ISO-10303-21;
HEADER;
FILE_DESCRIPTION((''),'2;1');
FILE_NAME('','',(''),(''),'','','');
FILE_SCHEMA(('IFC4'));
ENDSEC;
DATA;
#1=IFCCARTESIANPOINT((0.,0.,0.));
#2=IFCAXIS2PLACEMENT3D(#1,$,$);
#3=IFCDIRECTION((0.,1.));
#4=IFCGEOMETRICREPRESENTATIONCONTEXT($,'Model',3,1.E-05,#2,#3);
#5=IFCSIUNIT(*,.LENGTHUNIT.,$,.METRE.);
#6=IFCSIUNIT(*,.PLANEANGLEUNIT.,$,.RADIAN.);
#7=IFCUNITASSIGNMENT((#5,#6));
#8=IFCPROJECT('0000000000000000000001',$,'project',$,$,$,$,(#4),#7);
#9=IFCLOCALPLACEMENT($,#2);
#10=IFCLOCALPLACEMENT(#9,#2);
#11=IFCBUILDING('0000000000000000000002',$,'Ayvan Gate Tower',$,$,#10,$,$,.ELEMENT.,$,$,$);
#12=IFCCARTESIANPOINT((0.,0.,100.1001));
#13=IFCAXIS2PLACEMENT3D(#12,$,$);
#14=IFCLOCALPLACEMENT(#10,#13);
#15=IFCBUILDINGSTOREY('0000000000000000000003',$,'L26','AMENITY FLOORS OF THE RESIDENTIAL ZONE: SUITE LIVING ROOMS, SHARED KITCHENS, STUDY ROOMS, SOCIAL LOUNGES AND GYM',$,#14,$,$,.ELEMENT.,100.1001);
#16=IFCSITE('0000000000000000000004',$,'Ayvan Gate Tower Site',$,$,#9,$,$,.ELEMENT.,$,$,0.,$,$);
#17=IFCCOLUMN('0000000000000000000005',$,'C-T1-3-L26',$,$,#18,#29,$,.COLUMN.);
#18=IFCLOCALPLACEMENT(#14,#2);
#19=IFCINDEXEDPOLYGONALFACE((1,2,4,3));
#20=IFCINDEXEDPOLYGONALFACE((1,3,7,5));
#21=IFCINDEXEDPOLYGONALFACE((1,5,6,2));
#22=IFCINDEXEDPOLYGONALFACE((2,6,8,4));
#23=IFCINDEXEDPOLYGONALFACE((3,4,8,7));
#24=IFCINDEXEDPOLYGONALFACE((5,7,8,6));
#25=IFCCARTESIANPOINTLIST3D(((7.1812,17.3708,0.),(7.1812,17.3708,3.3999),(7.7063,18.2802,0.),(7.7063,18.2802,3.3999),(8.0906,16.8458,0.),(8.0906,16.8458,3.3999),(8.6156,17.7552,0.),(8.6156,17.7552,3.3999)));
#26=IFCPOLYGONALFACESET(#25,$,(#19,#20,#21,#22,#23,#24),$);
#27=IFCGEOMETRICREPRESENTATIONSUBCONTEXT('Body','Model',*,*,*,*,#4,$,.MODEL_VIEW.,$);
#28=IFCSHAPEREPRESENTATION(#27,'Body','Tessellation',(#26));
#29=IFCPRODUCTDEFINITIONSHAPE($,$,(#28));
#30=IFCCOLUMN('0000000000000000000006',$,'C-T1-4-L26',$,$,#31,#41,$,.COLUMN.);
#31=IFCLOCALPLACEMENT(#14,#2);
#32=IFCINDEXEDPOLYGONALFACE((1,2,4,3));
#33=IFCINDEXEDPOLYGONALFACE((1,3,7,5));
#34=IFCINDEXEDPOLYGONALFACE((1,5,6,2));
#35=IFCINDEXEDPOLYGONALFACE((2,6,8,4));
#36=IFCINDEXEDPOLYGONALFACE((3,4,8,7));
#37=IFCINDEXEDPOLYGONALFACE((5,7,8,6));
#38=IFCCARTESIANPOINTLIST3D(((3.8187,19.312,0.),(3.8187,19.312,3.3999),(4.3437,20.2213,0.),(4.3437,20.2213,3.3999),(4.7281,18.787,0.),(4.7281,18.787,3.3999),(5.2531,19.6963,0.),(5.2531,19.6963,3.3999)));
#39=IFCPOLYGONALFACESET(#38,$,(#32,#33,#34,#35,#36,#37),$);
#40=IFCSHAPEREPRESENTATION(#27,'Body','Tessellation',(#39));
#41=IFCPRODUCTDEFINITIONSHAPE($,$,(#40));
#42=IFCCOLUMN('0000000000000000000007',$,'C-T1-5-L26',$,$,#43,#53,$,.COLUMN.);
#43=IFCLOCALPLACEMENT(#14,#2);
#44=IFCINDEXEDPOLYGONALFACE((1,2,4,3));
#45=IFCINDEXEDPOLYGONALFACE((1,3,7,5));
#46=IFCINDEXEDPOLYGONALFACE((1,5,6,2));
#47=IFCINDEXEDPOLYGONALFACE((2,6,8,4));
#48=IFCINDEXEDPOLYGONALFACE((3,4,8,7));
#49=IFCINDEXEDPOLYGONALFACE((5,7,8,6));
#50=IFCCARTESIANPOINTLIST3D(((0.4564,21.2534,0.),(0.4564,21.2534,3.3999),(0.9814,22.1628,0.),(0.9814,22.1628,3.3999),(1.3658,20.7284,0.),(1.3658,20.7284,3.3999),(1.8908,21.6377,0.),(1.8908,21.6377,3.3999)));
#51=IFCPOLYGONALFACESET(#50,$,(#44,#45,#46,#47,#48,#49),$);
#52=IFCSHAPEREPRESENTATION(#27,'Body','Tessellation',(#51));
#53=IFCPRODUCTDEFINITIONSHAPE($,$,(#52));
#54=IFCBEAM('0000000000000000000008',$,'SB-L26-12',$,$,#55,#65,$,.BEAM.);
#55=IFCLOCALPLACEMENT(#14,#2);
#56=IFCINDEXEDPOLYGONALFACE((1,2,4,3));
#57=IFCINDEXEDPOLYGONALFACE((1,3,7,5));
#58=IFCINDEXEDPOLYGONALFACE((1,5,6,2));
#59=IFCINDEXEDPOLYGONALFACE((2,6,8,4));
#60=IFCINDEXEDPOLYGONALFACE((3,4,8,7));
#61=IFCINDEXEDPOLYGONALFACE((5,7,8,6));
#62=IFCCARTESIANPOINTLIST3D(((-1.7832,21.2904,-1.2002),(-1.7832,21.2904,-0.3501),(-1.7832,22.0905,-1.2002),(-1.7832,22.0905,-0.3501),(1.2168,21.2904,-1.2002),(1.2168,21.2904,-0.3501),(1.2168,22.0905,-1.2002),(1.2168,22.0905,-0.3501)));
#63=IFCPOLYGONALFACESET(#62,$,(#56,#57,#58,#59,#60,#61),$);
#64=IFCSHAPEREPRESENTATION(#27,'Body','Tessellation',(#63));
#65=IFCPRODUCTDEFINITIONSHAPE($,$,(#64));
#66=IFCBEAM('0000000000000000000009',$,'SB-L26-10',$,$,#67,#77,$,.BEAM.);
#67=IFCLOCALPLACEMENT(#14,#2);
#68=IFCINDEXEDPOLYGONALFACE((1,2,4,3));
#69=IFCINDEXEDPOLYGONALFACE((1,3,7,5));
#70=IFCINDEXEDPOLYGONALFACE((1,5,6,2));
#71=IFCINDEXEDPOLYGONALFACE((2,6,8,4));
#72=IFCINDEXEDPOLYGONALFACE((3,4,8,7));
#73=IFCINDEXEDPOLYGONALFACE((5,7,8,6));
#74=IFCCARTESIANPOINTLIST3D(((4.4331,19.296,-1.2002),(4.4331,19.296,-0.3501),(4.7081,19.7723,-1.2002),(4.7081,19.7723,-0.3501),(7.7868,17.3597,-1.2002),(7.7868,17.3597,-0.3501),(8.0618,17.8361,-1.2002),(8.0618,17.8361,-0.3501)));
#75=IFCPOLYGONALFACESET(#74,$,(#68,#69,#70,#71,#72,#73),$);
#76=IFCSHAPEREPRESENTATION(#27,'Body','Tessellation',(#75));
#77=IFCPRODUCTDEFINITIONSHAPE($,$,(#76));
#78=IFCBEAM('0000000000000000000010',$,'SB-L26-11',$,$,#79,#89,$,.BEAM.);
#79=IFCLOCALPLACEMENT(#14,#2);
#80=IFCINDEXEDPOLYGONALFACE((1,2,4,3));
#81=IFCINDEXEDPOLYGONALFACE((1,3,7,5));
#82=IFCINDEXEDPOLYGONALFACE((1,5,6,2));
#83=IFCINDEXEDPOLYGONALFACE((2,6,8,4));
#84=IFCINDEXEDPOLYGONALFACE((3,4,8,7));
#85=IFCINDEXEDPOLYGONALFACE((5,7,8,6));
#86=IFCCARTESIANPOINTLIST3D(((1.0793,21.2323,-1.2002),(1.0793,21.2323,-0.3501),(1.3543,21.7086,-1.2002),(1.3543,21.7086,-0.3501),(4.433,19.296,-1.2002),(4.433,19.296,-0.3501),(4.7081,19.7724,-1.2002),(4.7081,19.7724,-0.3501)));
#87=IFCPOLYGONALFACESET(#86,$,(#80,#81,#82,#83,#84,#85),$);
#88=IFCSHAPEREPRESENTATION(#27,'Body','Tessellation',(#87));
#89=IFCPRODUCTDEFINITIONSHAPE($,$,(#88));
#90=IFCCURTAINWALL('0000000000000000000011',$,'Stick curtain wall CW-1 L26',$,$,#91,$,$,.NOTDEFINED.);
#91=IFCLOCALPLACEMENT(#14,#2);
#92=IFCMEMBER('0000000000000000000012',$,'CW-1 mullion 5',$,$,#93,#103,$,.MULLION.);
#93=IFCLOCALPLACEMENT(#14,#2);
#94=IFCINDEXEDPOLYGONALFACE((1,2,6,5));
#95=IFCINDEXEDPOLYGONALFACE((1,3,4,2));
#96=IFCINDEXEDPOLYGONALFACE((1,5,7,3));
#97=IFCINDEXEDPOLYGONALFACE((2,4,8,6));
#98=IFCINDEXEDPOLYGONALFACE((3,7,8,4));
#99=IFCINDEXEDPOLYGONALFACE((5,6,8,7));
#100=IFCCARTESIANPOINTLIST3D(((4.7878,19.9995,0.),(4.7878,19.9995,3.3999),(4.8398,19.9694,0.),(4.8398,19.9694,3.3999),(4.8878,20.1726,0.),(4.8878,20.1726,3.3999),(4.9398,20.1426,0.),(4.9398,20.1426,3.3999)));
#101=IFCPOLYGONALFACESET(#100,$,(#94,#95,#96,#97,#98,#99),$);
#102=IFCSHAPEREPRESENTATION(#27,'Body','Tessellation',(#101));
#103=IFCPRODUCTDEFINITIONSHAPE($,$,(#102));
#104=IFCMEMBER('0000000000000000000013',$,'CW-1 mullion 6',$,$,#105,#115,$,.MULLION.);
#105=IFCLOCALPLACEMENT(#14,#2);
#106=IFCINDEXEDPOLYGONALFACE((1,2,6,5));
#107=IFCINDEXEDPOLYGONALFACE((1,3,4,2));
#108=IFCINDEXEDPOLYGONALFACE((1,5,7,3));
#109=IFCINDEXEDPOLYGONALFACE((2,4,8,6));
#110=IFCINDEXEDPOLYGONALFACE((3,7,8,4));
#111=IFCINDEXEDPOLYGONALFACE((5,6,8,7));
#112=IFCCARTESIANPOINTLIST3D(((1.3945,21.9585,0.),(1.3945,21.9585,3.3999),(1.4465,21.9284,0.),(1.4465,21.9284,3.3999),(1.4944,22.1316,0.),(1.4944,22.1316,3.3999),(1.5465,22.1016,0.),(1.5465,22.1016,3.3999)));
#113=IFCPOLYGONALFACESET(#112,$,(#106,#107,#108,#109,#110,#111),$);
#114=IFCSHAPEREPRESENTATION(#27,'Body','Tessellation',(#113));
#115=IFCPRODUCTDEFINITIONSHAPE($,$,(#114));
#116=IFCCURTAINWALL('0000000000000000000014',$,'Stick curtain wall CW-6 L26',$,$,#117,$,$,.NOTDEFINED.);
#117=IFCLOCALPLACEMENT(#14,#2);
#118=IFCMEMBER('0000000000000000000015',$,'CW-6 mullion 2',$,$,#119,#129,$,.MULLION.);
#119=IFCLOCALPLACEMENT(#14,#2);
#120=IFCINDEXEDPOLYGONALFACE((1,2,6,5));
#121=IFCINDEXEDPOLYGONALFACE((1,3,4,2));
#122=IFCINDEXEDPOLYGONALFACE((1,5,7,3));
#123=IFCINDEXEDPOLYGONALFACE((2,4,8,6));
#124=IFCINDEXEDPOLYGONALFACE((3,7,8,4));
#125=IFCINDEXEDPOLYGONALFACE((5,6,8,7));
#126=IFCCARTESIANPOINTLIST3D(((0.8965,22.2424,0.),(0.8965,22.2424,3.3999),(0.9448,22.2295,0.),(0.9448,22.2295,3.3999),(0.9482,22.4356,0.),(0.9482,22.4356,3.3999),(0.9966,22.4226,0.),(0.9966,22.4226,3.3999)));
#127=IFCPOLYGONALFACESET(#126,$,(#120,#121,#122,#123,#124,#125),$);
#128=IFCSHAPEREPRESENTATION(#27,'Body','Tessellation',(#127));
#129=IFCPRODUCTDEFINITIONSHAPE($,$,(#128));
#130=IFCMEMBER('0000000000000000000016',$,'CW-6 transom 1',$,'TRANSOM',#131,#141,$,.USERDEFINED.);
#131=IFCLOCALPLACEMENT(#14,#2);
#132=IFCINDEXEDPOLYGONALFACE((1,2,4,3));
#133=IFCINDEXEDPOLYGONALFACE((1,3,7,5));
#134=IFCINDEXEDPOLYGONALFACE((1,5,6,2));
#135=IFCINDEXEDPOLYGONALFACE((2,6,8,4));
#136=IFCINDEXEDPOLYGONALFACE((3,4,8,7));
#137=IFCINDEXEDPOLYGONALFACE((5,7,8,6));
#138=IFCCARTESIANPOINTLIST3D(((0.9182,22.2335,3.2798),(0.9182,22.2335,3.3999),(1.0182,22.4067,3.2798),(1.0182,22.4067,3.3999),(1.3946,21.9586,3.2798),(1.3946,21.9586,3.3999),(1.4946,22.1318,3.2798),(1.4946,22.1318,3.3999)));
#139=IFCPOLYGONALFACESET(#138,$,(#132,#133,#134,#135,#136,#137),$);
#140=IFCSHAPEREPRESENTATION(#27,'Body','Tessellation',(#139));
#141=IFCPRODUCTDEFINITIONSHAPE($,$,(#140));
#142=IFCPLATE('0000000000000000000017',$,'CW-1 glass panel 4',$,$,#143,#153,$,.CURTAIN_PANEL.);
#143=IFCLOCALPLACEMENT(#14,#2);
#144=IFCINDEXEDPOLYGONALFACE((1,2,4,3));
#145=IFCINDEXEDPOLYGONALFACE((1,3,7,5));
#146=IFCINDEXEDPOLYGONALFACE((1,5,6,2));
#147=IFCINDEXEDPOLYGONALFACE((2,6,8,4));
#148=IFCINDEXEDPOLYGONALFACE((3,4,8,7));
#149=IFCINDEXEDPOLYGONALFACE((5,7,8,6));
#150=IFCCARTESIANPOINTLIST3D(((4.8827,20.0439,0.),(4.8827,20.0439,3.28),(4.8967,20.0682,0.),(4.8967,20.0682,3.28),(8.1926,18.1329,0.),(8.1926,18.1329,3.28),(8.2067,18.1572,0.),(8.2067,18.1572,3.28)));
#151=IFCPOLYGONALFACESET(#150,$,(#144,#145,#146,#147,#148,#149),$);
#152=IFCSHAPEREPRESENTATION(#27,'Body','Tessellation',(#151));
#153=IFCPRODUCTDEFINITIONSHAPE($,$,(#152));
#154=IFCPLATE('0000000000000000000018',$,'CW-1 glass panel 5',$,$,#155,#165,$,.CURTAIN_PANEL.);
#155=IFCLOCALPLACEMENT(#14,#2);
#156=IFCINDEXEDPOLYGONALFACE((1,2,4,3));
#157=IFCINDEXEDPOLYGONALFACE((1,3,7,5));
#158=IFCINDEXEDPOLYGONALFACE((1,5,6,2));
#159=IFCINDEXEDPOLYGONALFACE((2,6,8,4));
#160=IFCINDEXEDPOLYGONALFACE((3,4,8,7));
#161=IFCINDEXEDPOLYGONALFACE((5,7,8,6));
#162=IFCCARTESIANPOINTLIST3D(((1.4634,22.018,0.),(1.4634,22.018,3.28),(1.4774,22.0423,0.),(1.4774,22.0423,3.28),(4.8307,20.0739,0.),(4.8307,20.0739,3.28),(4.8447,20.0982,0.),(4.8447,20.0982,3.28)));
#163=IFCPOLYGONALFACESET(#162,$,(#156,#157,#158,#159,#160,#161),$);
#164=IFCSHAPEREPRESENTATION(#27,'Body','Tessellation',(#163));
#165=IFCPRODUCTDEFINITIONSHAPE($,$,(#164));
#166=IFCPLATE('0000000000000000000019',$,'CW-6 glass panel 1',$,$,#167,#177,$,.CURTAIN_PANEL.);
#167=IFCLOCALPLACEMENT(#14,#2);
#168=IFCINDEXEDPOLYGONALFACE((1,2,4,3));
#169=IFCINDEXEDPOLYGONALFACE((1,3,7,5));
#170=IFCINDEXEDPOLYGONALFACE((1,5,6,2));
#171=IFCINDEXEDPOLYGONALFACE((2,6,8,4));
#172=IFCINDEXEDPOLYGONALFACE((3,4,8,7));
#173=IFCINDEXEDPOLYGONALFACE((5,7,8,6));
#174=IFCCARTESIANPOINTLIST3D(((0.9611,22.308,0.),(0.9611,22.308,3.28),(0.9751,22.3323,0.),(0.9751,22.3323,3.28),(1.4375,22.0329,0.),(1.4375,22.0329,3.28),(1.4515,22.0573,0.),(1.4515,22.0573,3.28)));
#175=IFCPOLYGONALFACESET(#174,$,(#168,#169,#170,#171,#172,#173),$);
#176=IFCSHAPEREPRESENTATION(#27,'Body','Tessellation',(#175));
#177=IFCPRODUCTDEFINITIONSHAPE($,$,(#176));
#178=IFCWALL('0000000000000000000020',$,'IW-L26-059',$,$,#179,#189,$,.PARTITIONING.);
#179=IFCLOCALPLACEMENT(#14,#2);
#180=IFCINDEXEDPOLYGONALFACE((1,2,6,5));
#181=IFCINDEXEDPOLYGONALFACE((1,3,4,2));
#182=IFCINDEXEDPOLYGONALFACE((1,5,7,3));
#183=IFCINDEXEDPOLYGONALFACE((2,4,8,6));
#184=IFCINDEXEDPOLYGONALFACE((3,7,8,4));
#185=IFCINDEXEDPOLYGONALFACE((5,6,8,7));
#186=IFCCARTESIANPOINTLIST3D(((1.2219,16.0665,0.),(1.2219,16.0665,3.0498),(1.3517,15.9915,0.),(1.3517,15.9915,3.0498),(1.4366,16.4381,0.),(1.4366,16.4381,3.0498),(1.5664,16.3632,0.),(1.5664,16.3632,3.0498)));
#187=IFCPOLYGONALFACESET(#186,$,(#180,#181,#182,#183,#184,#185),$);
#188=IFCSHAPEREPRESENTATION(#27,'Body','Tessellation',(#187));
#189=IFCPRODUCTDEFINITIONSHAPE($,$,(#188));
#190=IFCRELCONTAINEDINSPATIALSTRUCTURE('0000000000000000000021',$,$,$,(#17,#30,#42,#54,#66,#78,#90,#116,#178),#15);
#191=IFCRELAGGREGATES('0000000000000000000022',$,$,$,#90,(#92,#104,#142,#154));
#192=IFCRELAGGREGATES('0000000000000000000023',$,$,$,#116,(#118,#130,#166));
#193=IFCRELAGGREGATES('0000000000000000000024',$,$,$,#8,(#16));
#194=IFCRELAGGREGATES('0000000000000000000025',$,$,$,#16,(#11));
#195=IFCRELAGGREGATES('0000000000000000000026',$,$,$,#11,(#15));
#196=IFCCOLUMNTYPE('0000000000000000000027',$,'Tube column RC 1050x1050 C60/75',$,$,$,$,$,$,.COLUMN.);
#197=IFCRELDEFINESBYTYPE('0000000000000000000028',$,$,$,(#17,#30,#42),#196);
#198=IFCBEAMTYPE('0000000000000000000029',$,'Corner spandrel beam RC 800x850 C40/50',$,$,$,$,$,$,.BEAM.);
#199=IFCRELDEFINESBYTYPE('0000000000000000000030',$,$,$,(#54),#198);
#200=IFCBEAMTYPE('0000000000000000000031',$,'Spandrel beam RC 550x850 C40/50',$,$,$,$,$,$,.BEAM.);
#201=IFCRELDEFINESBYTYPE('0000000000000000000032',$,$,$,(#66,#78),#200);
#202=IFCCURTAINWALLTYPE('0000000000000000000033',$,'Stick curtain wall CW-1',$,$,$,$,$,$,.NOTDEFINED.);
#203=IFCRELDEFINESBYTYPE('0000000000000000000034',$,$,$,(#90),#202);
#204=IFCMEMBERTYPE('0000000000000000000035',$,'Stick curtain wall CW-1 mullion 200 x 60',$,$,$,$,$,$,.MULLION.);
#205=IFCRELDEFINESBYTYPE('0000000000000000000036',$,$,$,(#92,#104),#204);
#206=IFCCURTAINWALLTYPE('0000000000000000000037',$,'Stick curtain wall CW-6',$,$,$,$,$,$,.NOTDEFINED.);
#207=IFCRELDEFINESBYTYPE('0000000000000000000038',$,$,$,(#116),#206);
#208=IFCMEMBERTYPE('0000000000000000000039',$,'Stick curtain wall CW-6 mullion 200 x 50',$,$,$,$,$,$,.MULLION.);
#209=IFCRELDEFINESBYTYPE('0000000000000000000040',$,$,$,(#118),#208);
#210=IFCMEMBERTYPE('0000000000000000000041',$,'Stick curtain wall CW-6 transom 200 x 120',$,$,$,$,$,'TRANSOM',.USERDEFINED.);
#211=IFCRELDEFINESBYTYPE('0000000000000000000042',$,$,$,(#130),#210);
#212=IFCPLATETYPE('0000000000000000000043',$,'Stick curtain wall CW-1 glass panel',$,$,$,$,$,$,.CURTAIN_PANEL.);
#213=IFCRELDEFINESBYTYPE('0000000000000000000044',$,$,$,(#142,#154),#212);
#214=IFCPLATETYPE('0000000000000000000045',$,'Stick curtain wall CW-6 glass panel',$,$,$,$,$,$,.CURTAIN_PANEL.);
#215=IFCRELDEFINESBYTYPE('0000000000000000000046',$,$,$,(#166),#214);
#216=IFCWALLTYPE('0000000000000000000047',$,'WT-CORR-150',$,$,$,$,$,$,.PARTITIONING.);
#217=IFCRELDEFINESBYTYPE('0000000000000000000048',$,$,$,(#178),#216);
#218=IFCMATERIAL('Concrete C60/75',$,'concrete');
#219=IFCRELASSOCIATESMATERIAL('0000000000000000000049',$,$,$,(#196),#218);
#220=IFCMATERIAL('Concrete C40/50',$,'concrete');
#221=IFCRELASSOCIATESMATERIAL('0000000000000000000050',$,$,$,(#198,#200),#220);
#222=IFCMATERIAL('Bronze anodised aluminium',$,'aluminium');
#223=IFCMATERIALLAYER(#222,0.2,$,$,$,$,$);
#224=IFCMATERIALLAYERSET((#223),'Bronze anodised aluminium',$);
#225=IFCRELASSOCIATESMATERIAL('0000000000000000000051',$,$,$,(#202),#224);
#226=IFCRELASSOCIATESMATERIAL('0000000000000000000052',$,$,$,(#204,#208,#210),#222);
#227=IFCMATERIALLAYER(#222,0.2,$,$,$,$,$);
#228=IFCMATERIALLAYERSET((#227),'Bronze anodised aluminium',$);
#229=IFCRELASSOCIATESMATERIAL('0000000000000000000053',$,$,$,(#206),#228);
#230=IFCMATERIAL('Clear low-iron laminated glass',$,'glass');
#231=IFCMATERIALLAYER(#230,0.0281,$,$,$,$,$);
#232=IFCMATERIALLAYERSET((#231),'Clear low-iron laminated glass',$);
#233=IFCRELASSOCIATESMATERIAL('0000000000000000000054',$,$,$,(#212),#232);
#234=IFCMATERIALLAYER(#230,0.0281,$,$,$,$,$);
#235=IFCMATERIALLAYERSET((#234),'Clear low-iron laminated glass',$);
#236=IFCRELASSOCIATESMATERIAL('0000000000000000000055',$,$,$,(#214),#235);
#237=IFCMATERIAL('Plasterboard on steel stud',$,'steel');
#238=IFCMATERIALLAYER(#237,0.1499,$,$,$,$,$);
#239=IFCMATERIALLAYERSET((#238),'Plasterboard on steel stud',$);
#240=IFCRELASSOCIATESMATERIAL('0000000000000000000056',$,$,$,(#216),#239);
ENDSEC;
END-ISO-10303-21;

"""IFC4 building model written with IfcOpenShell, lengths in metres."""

from ifc_helpers import new_model, si_unit, direction, frame, frame_2d, origin, origin_2d, place, context, subcontext, project, spatial, rectangle, extrude, material, layer, layer_set, material_profile, profile_set, type_object, element, aggregate, save


model = new_model("IFC4")

# Units and contexts
model_context = context("Model", 3, precision=1e-05, world=origin(), true_north=direction((0.0, 1.0)))
body_context = subcontext(model_context, "Body", "Model", "MODEL_VIEW")
ifc_project = project(units=[si_unit("LENGTHUNIT", "METRE"), si_unit("PLANEANGLEUNIT", "RADIAN")], contexts=[model_context])

# Site, building, storey
site_placement = place(None, origin())
site = spatial("IfcSite", under=ifc_project, at=site_placement, Name="Ayvan Gate Tower Site", CompositionType="ELEMENT", RefElevation=0.0)
building_placement = place(site_placement, origin())
building = spatial("IfcBuilding", under=site, at=building_placement, Name="Ayvan Gate Tower", CompositionType="ELEMENT")
storey_placement = place(building_placement, frame((0.0, 0.0, 100.1001)))
storey = spatial("IfcBuildingStorey", under=building, at=storey_placement, Name="L26", Description="AMENITY FLOORS OF THE RESIDENTIAL ZONE: SUITE LIVING ROOMS, SHARED KITCHENS, STUDY ROOMS, SOCIAL LOUNGES AND GYM", CompositionType="ELEMENT", Elevation=100.1001)

# Columns
ifc_material_1 = material(Name="Concrete C60/75", Category="concrete")
ifc_material_profile_1 = material_profile(ifc_material_1, rectangle(XDim=1.05, YDim=1.05, at=origin_2d()), Name="RC 1050x1050")
ifc_profile_set_1 = profile_set([ifc_material_profile_1], Name="Concrete C60/75")
column_type = type_object("IfcColumnType", Name="Tube column RC 1050x1050 C60/75", PredefinedType="COLUMN", material=ifc_profile_set_1)
for number, where, z_axis, x_axis, name in (
    (1, (7.8984, 17.563, 0.0), (0.0, 0.0, 1.0), (0.5, 0.866025, 0.0), "C-T1-3-L26"),
    (2, (4.5359, 19.5042, 0.0), (0.0, 0.0, 1.0), (0.5, 0.866025, 0.0), "C-T1-4-L26"),
    (3, (1.1736, 21.4456, 0.0), (0.0, 0.0, 1.0), (0.5, 0.866025, 0.0), "C-T1-5-L26"),
):
    element("IfcColumn", number, at=place(storey_placement, frame(where, z_axis=z_axis, x_axis=x_axis)), inside=storey, type_object=column_type, Name=name, PredefinedType="COLUMN", context=body_context, shape_type="SweptSolid", body=[
        extrude(rectangle(XDim=1.05, YDim=1.05, at=origin_2d()), origin(), (0.0, 0.0, 1.0), 3.3999),
    ])

# Beams
ifc_material_2 = material(Name="Concrete C40/50", Category="concrete")
ifc_material_profile_2 = material_profile(ifc_material_2, rectangle(XDim=0.8, YDim=0.8501, at=origin_2d()), Name="RC 800x850")
ifc_profile_set_2 = profile_set([ifc_material_profile_2], Name="Concrete C40/50")
beam_type_1 = type_object("IfcBeamType", Name="Corner spandrel beam RC 800x850 C40/50", PredefinedType="BEAM", material=ifc_profile_set_2)
beam_placement = place(storey_placement, frame((1.2168, 21.6904, -0.7751), z_axis=(-1.0, 0.0, 0.0), x_axis=(0.0, -1.0, 0.0)))
element("IfcBeam", 4, at=beam_placement, inside=storey, type_object=beam_type_1, Name="SB-L26-12", PredefinedType="BEAM", context=body_context, shape_type="SweptSolid", body=[
    extrude(rectangle(XDim=0.8, YDim=0.8501, at=origin_2d()), origin(), (0.0, 0.0, 1.0), 3.0),
])
ifc_material_profile_3 = material_profile(ifc_material_2, rectangle(XDim=0.55, YDim=0.8501, at=origin_2d()), Name="RC 550x850")
ifc_profile_set_3 = profile_set([ifc_material_profile_3], Name="Concrete C40/50")
beam_type_2 = type_object("IfcBeamType", Name="Spandrel beam RC 550x850 C40/50", PredefinedType="BEAM", material=ifc_profile_set_3)
for number, where, z_axis, x_axis, name in (
    (5, (7.9243, 17.5979, -0.7751), (-0.866027, 0.499997, 0.0), (-0.499997, -0.866027, 0.0), "SB-L26-10"),
    (6, (4.5706, 19.5342, -0.7751), (-0.866027, 0.499997, 0.0), (-0.499997, -0.866027, 0.0), "SB-L26-11"),
):
    element("IfcBeam", number, at=place(storey_placement, frame(where, z_axis=z_axis, x_axis=x_axis)), inside=storey, type_object=beam_type_2, Name=name, PredefinedType="BEAM", context=body_context, shape_type="SweptSolid", body=[
        extrude(rectangle(XDim=0.55, YDim=0.8501, at=origin_2d()), origin(), (0.0, 0.0, 1.0), 3.8726),
    ])

# Curtain walls, members
ifc_material_3 = material(Name="Bronze anodised aluminium", Category="aluminium")
ifc_layer_1 = layer(ifc_material_3, 0.2)
ifc_layer_set_1 = layer_set([ifc_layer_1], Name="Bronze anodised aluminium")
curtain_wall_type_1 = type_object("IfcCurtainWallType", Name="Stick curtain wall CW-1", PredefinedType="NOTDEFINED", material=ifc_layer_set_1)
curtain_wall_1_placement = place(storey_placement, origin())
curtain_wall_1 = element("IfcCurtainWall", 7, at=curtain_wall_1_placement, inside=storey, type_object=curtain_wall_type_1, Name="Stick curtain wall CW-1 L26", PredefinedType="NOTDEFINED")
ifc_material_profile_4 = material_profile(ifc_material_3, rectangle(XDim=0.2, YDim=0.0601, at=origin_2d()), Name="Stick curtain wall CW-1 mullion 200 x 60")
ifc_profile_set_4 = profile_set([ifc_material_profile_4], Name="Bronze anodised aluminium")
member_type_1 = type_object("IfcMemberType", Name="Stick curtain wall CW-1 mullion 200 x 60", PredefinedType="MULLION", material=ifc_profile_set_4)
member_1_placement = place(storey_placement, frame((4.8638, 20.071, 0.0), z_axis=(0.0, 0.0, 1.0), x_axis=(0.5, 0.866025, 0.0)))
member_1 = element("IfcMember", 8, at=member_1_placement, type_object=member_type_1, Name="CW-1 mullion 5", PredefinedType="MULLION", context=body_context, shape_type="SweptSolid", body=[
    extrude(rectangle(XDim=0.2, YDim=0.0601, at=origin_2d()), origin(), (0.0, 0.0, 1.0), 3.3999),
])
member_2_placement = place(storey_placement, frame((1.4705, 22.03, 0.0), z_axis=(0.0, 0.0, 1.0), x_axis=(0.5, 0.866025, 0.0)))
member_2 = element("IfcMember", 9, at=member_2_placement, type_object=member_type_1, Name="CW-1 mullion 6", PredefinedType="MULLION", context=body_context, shape_type="SweptSolid", body=[
    extrude(rectangle(XDim=0.2, YDim=0.0601, at=origin_2d()), origin(), (0.0, 0.0, 1.0), 3.3999),
])
ifc_layer_2 = layer(ifc_material_3, 0.2)
ifc_layer_set_2 = layer_set([ifc_layer_2], Name="Bronze anodised aluminium")
curtain_wall_type_2 = type_object("IfcCurtainWallType", Name="Stick curtain wall CW-6", PredefinedType="NOTDEFINED", material=ifc_layer_set_2)
curtain_wall_2_placement = place(storey_placement, origin())
curtain_wall_2 = element("IfcCurtainWall", 10, at=curtain_wall_2_placement, inside=storey, type_object=curtain_wall_type_2, Name="Stick curtain wall CW-6 L26", PredefinedType="NOTDEFINED")
ifc_material_profile_5 = material_profile(ifc_material_3, rectangle(XDim=0.2, YDim=0.05, at=origin_2d()), Name="Stick curtain wall CW-6 mullion 200 x 50")
ifc_profile_set_5 = profile_set([ifc_material_profile_5], Name="Bronze anodised aluminium")
member_type_2 = type_object("IfcMemberType", Name="Stick curtain wall CW-6 mullion 200 x 50", PredefinedType="MULLION", material=ifc_profile_set_5)
member_3_placement = place(storey_placement, frame((0.9465, 22.3325, 0.0), z_axis=(0.0, 0.0, 1.0), x_axis=(0.258819, 0.965926, 0.0)))
member_3 = element("IfcMember", 11, at=member_3_placement, type_object=member_type_2, Name="CW-6 mullion 2", PredefinedType="MULLION", context=body_context, shape_type="SweptSolid", body=[
    extrude(rectangle(XDim=0.2, YDim=0.05, at=origin_2d()), origin(), (0.0, 0.0, 1.0), 3.3999),
])
ifc_material_profile_6 = material_profile(ifc_material_3, rectangle(XDim=0.2, YDim=0.1201, at=origin_2d()), Name="Stick curtain wall CW-6 transom 200 x 120")
ifc_profile_set_6 = profile_set([ifc_material_profile_6], Name="Bronze anodised aluminium")
member_type_3 = type_object("IfcMemberType", Name="Stick curtain wall CW-6 transom 200 x 120", ElementType="TRANSOM", PredefinedType="USERDEFINED", material=ifc_profile_set_6)
member_4_placement = place(storey_placement, frame((1.4446, 22.0452, 3.3398), z_axis=(-0.866104, 0.499863, 0.0), x_axis=(-0.499863, -0.866104, 0.0)))
member_4 = element("IfcMember", 12, at=member_4_placement, type_object=member_type_3, Name="CW-6 transom 1", ObjectType="TRANSOM", PredefinedType="USERDEFINED", context=body_context, shape_type="SweptSolid", body=[
    extrude(rectangle(XDim=0.2, YDim=0.1201, at=origin_2d()), origin(), (0.0, 0.0, 1.0), 0.55),
])

# Plates
ifc_material_4 = material(Name="Clear low-iron laminated glass", Category="glass")
ifc_layer_3 = layer(ifc_material_4, 0.0281)
ifc_layer_set_3 = layer_set([ifc_layer_3], Name="Clear low-iron laminated glass")
plate_type_1 = type_object("IfcPlateType", Name="Stick curtain wall CW-1 glass panel", PredefinedType="CURTAIN_PANEL", material=ifc_layer_set_3)
plate_1_placement = place(storey_placement, frame((6.5447, 19.1006, 0.0), z_axis=(0.0, 0.0, 1.0), x_axis=(-0.866025, 0.5, 0.0)))
plate_1 = element("IfcPlate", 13, at=plate_1_placement, type_object=plate_type_1, Name="CW-1 glass panel 4", PredefinedType="CURTAIN_PANEL", context=body_context, shape_type="SweptSolid", body=[
    extrude(rectangle(XDim=3.822, YDim=0.0281, at=origin_2d()), origin(), (0.0, 0.0, 1.0), 3.28),
])
plate_2_placement = place(storey_placement, frame((3.1541, 21.0581, 0.0), z_axis=(0.0, 0.0, 1.0), x_axis=(-0.866025, 0.5, 0.0)))
plate_2 = element("IfcPlate", 14, at=plate_2_placement, type_object=plate_type_1, Name="CW-1 glass panel 5", PredefinedType="CURTAIN_PANEL", context=body_context, shape_type="SweptSolid", body=[
    extrude(rectangle(XDim=3.8882, YDim=0.0281, at=origin_2d()), origin(), (0.0, 0.0, 1.0), 3.28),
])
aggregate(curtain_wall_1, [member_1, member_2, plate_1, plate_2])
ifc_layer_4 = layer(ifc_material_4, 0.0281)
ifc_layer_set_4 = layer_set([ifc_layer_4], Name="Clear low-iron laminated glass")
plate_type_2 = type_object("IfcPlateType", Name="Stick curtain wall CW-6 glass panel", PredefinedType="CURTAIN_PANEL", material=ifc_layer_set_4)
plate_3_placement = place(storey_placement, frame((1.2063, 22.1826, 0.0), z_axis=(0.0, 0.0, 1.0), x_axis=(-0.866025, 0.5, 0.0)))
plate_3 = element("IfcPlate", 15, at=plate_3_placement, type_object=plate_type_2, Name="CW-6 glass panel 1", PredefinedType="CURTAIN_PANEL", context=body_context, shape_type="SweptSolid", body=[
    extrude(rectangle(XDim=0.55, YDim=0.0281, at=origin_2d()), origin(), (0.0, 0.0, 1.0), 3.28),
])
aggregate(curtain_wall_2, [member_3, member_4, plate_3])

# Wall
ifc_material_5 = material(Name="Plasterboard on steel stud", Category="steel")
ifc_layer_5 = layer(ifc_material_5, 0.1499)
ifc_layer_set_5 = layer_set([ifc_layer_5], Name="Plasterboard on steel stud")
wall_type_1 = type_object("IfcWallType", Name="WT-CORR-150", PredefinedType="PARTITIONING", material=ifc_layer_set_5)
wall_1_placement = place(storey_placement, frame((1.5015, 16.4006, 0.0), z_axis=(0.0, 0.0, 1.0), x_axis=(-0.500116, -0.865958, 0.0)))
element("IfcWall", 16, at=wall_1_placement, inside=storey, type_object=wall_type_1, Name="IW-L26-059", PredefinedType="PARTITIONING", context=body_context, shape_type="SweptSolid", body=[
    extrude(rectangle(XDim=0.4292, YDim=0.1499, at=frame_2d((0.2146, 0.0))), origin(), (0.0, 0.0, 1.0), 3.0498),
])

save(model, "model.ifc")
